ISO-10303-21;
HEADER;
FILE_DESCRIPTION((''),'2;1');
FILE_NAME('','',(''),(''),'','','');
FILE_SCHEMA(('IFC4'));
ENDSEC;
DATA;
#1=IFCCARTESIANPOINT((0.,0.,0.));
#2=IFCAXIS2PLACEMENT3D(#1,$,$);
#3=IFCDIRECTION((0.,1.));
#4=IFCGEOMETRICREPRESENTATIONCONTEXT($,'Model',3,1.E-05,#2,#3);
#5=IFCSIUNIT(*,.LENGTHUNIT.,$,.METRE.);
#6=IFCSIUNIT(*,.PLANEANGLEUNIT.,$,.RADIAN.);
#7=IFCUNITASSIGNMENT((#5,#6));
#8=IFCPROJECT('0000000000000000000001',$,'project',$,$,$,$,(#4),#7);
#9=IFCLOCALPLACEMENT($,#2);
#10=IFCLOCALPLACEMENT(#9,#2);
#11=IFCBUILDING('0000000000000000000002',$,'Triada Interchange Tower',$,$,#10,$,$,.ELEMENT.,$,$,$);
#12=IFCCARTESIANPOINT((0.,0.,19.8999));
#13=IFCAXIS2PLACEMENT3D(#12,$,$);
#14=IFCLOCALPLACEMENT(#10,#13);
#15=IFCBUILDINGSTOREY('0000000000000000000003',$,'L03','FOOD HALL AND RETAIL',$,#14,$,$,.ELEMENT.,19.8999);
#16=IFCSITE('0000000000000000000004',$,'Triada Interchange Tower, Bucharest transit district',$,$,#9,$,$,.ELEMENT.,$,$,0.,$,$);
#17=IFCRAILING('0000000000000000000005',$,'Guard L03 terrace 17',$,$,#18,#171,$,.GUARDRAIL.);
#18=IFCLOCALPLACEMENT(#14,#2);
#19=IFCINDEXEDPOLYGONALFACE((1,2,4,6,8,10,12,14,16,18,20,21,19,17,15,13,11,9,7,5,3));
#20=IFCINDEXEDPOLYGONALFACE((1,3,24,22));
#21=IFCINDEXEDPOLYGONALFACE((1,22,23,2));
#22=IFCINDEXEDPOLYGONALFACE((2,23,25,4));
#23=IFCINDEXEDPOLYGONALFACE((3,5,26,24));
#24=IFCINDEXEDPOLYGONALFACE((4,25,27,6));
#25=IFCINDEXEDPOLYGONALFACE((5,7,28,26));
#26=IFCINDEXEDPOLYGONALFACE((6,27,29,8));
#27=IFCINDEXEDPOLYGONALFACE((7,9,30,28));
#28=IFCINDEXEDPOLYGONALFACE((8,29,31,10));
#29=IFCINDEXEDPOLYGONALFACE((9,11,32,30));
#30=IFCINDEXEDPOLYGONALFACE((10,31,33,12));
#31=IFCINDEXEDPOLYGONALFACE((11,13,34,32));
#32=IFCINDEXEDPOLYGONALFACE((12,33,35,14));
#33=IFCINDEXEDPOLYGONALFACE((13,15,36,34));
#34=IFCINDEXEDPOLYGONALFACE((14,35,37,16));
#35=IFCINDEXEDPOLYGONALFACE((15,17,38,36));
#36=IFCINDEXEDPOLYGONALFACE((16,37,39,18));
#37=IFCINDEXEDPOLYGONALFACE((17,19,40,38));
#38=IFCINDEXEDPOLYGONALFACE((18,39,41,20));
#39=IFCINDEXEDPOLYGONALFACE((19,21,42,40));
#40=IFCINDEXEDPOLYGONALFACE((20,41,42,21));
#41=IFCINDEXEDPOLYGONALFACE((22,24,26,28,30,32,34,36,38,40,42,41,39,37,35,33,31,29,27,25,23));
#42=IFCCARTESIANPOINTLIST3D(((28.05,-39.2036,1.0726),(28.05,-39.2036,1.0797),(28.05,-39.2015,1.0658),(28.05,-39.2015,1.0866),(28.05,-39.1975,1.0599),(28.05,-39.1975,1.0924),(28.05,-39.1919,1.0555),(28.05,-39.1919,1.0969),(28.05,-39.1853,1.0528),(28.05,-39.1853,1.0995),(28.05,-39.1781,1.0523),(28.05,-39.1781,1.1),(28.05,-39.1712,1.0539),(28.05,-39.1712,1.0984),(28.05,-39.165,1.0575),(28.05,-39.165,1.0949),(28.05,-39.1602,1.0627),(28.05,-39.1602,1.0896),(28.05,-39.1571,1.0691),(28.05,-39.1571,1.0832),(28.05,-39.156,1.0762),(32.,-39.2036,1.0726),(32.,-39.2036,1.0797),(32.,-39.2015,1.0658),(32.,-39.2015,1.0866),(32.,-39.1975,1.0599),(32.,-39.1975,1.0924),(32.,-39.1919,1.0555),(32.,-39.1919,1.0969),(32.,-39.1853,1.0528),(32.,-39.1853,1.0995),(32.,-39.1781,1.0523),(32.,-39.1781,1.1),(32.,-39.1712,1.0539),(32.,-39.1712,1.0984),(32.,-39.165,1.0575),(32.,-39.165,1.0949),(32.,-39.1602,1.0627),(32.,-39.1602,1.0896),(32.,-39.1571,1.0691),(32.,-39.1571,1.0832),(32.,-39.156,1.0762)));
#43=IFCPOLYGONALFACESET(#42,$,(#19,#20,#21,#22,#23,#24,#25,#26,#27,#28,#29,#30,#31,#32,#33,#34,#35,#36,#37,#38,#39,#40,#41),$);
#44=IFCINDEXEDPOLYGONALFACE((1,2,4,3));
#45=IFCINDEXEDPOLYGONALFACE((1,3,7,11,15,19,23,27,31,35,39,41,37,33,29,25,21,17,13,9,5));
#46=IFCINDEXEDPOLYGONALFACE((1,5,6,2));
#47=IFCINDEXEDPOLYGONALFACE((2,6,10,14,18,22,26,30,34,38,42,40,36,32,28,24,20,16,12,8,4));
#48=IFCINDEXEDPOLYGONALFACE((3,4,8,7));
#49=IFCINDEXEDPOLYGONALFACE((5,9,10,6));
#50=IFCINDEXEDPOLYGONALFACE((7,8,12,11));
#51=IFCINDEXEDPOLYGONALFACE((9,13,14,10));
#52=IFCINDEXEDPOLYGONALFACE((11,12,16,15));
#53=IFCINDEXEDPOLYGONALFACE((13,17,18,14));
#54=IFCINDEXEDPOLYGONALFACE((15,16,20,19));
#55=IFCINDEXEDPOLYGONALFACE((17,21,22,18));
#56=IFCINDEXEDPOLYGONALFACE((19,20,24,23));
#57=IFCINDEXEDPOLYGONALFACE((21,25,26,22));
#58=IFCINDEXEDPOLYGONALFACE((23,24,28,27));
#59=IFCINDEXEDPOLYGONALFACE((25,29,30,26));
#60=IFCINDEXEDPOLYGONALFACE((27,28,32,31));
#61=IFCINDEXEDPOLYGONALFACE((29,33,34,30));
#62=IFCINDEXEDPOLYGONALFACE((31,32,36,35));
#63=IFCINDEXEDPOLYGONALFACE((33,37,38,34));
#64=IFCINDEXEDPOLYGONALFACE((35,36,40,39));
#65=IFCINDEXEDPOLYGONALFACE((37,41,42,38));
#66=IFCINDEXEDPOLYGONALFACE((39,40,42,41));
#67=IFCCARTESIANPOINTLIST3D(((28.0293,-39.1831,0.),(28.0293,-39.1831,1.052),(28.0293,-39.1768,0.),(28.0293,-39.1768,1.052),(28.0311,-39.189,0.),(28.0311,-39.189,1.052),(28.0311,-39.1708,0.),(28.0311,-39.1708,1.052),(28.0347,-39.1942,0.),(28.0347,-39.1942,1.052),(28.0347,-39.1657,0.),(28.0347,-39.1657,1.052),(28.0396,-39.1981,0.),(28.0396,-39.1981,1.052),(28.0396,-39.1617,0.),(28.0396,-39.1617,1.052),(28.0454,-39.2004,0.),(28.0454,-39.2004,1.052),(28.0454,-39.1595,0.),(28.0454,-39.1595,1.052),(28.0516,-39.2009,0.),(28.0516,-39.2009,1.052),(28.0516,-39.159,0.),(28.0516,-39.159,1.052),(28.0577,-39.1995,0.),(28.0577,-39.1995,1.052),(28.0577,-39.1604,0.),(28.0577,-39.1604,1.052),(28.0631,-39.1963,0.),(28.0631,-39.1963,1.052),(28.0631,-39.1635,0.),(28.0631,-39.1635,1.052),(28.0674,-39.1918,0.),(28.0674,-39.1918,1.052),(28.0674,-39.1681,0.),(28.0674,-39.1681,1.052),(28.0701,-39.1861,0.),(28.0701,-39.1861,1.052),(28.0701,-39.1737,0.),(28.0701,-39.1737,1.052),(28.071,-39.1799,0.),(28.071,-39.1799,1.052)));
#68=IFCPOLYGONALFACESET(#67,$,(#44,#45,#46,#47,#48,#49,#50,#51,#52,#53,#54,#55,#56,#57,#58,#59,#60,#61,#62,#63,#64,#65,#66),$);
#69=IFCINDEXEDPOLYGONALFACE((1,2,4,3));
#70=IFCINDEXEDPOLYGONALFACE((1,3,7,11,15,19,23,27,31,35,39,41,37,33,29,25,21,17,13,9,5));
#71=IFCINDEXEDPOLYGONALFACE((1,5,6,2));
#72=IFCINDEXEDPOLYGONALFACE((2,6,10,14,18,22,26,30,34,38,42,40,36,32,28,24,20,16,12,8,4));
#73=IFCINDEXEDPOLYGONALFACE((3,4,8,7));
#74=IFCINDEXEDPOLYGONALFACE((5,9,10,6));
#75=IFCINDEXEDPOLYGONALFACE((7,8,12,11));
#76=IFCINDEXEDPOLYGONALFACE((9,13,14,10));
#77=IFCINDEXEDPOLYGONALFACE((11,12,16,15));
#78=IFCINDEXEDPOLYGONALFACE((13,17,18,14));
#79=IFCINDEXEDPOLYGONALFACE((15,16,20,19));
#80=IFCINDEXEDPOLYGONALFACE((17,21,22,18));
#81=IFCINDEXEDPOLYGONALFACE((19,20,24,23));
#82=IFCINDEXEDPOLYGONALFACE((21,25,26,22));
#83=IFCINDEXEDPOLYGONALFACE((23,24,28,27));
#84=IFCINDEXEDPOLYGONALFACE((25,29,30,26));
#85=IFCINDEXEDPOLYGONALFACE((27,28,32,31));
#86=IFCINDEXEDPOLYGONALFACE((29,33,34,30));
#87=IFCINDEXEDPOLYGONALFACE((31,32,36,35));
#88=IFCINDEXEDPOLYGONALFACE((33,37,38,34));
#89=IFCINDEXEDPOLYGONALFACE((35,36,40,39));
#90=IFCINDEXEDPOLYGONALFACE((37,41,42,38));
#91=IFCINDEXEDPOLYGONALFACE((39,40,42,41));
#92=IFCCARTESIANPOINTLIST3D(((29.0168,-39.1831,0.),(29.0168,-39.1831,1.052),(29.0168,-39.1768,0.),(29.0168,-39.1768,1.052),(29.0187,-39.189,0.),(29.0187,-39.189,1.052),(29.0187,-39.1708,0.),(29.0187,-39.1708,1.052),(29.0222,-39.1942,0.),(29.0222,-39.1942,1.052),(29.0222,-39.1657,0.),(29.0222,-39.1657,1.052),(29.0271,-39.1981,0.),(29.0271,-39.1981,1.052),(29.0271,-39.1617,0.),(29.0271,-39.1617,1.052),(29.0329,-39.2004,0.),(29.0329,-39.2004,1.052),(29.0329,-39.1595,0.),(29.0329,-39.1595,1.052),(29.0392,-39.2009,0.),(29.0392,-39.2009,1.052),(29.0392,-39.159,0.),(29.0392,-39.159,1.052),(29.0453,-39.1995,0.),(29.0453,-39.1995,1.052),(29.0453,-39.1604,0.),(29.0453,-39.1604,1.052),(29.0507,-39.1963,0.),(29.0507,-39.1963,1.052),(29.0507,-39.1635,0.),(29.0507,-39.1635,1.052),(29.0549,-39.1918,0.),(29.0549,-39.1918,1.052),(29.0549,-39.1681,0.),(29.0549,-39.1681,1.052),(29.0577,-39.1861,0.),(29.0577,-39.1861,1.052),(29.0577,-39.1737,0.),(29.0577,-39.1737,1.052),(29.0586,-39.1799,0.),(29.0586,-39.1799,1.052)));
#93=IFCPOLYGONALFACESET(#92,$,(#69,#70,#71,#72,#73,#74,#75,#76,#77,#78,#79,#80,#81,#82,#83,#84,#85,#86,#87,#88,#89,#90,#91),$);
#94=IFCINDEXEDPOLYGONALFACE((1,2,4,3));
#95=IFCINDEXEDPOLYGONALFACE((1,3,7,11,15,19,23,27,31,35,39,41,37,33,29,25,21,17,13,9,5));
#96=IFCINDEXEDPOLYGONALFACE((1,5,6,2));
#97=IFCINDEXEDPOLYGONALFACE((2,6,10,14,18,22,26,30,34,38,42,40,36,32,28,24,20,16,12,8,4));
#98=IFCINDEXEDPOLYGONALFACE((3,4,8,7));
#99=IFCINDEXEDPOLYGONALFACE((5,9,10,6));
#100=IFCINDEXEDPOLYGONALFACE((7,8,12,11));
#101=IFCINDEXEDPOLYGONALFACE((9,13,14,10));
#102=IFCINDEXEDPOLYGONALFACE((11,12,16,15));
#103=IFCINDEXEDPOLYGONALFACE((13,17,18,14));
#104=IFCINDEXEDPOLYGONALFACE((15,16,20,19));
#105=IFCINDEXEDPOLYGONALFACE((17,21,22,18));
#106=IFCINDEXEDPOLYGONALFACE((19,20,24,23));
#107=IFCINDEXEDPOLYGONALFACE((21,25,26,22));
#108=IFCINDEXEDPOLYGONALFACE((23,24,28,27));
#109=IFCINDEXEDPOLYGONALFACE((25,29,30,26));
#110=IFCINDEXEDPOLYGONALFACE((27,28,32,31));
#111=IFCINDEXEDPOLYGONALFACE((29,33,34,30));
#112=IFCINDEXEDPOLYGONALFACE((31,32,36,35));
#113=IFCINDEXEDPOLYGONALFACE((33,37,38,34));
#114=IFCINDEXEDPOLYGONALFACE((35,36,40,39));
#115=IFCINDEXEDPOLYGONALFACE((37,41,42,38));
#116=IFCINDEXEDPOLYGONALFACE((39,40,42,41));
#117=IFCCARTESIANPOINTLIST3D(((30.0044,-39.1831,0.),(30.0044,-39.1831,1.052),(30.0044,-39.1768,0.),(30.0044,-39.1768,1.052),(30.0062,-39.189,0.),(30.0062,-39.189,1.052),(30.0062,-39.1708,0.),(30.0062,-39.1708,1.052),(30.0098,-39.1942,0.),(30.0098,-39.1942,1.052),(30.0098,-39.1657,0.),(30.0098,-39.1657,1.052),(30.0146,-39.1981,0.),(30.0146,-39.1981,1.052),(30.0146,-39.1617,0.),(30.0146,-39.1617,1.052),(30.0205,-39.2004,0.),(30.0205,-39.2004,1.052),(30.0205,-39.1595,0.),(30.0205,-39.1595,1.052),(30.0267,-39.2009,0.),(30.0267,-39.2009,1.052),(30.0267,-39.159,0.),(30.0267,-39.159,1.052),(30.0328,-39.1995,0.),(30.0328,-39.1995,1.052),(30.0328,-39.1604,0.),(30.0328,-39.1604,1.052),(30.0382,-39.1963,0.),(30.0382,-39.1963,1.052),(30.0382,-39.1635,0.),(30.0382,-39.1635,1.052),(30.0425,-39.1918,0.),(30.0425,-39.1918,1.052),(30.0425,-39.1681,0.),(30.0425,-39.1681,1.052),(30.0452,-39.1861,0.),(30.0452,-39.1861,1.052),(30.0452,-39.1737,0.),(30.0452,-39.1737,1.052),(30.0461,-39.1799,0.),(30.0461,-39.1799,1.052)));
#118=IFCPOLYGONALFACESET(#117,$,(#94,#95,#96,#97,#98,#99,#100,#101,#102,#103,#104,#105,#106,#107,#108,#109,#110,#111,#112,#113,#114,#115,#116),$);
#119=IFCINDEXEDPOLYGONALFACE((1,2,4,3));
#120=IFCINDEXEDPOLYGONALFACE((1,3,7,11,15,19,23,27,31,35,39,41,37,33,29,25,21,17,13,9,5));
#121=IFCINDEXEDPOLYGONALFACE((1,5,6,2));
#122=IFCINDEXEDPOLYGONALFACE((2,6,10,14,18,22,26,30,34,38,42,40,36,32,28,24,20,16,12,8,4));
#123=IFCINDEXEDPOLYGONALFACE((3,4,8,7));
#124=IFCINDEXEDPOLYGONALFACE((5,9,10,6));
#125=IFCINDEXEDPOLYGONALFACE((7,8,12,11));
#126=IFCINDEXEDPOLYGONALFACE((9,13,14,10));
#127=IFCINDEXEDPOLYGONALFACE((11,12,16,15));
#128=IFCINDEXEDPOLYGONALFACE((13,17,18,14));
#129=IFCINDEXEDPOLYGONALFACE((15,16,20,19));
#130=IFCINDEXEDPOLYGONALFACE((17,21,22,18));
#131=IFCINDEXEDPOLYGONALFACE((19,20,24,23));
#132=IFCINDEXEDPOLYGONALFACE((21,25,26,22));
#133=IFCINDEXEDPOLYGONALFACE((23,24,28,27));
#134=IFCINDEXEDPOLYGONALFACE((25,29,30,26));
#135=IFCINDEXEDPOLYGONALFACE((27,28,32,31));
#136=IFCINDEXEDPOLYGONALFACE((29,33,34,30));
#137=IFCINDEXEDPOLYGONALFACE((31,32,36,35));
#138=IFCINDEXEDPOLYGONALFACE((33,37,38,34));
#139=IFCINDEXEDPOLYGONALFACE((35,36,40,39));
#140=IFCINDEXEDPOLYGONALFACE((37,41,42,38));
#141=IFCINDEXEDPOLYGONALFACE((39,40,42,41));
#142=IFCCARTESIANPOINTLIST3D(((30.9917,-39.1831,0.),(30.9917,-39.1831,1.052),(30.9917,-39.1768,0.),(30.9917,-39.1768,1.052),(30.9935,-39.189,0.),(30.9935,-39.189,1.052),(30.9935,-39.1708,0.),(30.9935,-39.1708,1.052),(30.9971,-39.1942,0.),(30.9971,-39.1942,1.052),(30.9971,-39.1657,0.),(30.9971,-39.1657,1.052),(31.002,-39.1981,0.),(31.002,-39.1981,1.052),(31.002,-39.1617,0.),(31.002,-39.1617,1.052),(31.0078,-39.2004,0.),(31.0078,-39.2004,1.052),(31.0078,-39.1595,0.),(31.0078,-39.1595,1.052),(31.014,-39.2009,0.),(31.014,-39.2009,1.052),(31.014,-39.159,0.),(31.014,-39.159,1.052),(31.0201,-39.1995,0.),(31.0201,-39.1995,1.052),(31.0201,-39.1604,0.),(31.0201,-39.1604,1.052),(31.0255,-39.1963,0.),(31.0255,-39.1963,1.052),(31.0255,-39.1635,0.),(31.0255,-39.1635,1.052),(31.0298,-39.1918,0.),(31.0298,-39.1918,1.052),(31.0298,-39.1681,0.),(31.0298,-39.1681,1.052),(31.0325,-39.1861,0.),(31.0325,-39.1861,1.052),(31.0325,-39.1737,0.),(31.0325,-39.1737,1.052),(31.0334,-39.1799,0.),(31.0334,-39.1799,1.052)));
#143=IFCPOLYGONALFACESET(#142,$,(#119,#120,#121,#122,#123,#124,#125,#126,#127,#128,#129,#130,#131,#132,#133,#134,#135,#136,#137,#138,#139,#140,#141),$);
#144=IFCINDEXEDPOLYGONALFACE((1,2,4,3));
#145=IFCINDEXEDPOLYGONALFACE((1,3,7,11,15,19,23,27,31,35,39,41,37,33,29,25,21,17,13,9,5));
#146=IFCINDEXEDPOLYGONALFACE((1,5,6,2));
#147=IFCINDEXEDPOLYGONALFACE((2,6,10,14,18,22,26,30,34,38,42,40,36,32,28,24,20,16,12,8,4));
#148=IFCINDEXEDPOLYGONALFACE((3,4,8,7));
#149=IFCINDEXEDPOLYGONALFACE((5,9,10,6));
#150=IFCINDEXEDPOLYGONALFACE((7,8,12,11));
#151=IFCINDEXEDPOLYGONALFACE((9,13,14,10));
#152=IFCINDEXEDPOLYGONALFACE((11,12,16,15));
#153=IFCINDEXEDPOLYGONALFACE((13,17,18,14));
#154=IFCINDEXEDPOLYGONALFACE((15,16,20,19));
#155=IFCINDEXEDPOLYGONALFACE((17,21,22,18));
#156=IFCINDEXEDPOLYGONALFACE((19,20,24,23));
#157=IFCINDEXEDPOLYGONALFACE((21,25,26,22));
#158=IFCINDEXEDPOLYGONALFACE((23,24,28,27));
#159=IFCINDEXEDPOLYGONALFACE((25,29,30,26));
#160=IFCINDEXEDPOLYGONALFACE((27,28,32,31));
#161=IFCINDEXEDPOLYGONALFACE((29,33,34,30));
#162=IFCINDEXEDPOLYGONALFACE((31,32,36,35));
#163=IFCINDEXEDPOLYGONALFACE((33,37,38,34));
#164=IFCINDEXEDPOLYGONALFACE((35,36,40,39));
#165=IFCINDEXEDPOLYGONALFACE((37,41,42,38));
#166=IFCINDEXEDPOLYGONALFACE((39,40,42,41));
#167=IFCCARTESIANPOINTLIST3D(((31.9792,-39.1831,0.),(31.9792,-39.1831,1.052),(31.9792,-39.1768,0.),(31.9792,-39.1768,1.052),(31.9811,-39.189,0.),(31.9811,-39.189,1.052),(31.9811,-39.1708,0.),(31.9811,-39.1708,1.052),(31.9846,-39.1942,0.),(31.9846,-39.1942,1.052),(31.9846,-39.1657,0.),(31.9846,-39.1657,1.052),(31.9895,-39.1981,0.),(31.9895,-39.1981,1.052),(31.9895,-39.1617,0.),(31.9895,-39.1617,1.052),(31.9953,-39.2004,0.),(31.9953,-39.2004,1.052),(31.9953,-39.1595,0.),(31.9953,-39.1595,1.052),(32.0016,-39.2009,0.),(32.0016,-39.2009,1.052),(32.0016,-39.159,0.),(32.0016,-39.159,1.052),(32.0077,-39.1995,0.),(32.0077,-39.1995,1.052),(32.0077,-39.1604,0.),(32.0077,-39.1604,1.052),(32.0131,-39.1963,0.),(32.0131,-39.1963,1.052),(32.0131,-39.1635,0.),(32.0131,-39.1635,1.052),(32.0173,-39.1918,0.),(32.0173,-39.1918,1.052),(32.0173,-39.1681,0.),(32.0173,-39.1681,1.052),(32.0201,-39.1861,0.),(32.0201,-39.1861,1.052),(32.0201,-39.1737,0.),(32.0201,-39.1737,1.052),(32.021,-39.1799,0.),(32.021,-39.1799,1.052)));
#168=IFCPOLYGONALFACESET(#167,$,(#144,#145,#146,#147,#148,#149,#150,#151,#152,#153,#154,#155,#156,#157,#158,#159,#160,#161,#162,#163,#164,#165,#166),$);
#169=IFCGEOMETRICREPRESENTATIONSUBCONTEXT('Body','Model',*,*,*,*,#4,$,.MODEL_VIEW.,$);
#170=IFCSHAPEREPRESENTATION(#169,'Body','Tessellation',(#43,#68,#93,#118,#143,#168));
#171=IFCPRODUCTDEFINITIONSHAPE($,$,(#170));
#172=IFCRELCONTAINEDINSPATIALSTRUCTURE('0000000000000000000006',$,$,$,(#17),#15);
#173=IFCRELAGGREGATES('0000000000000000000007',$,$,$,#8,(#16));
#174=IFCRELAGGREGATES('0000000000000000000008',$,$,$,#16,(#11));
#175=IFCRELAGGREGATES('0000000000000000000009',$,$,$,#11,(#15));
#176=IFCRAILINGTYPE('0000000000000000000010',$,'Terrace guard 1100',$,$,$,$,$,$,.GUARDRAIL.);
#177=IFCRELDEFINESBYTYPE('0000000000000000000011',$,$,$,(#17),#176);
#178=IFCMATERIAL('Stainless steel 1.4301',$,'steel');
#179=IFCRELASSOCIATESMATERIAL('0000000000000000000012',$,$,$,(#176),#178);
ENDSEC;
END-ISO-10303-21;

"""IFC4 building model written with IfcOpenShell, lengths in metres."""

from ifc_helpers import new_model, si_unit, direction, frame, origin, origin_2d, place, context, subcontext, project, spatial, circle, extrude, material, type_object, element, save


model = new_model("IFC4")

# Units and contexts
model_context = context("Model", 3, precision=1e-05, world=origin(), true_north=direction((0.0, 1.0)))
body_context = subcontext(model_context, "Body", "Model", "MODEL_VIEW")
ifc_project = project(units=[si_unit("LENGTHUNIT", "METRE"), si_unit("PLANEANGLEUNIT", "RADIAN")], contexts=[model_context])

# Site, building, storey
site_placement = place(None, origin())
site = spatial("IfcSite", under=ifc_project, at=site_placement, Name="Triada Interchange Tower, Bucharest transit district", CompositionType="ELEMENT", RefElevation=0.0)
building_placement = place(site_placement, origin())
building = spatial("IfcBuilding", under=site, at=building_placement, Name="Triada Interchange Tower", CompositionType="ELEMENT")
storey_placement = place(building_placement, frame((0.0, 0.0, 19.8999)))
storey = spatial("IfcBuildingStorey", under=building, at=storey_placement, Name="L03", Description="FOOD HALL AND RETAIL", CompositionType="ELEMENT", Elevation=19.8999)

# Railing
ifc_material_1 = material(Name="Stainless steel 1.4301", Category="steel")
railing_type = type_object("IfcRailingType", Name="Terrace guard 1100", PredefinedType="GUARDRAIL", material=ifc_material_1)
railing_1_placement = place(storey_placement, frame((28.05, -39.1799, 0.0)))
element("IfcRailing", 1, at=railing_1_placement, inside=storey, type_object=railing_type, Name="Guard L03 terrace 17", PredefinedType="GUARDRAIL", context=body_context, shape_type="SweptSolid", body=[
    extrude(circle(Radius=0.0239, at=origin_2d()), frame((0.0, 0.0, 1.0762), z_axis=(1.0, 0.0, 0.0), x_axis=(0.0, 1.0, 0.0)), (0.0, 0.0, 1.0), 3.95),
    extrude(circle(Radius=0.021, at=origin_2d()), origin(), (0.0, 0.0, 1.0), 1.052),
    extrude(circle(Radius=0.021, at=origin_2d()), frame((0.9875, 0.0, 0.0)), (0.0, 0.0, 1.0), 1.052),
    extrude(circle(Radius=0.021, at=origin_2d()), frame((1.9751, 0.0, 0.0)), (0.0, 0.0, 1.0), 1.052),
    extrude(circle(Radius=0.021, at=origin_2d()), frame((2.9624, 0.0, 0.0)), (0.0, 0.0, 1.0), 1.052),
    extrude(circle(Radius=0.021, at=origin_2d()), frame((3.95, 0.0, 0.0)), (0.0, 0.0, 1.0), 1.052),
])

save(model, "model.ifc")
